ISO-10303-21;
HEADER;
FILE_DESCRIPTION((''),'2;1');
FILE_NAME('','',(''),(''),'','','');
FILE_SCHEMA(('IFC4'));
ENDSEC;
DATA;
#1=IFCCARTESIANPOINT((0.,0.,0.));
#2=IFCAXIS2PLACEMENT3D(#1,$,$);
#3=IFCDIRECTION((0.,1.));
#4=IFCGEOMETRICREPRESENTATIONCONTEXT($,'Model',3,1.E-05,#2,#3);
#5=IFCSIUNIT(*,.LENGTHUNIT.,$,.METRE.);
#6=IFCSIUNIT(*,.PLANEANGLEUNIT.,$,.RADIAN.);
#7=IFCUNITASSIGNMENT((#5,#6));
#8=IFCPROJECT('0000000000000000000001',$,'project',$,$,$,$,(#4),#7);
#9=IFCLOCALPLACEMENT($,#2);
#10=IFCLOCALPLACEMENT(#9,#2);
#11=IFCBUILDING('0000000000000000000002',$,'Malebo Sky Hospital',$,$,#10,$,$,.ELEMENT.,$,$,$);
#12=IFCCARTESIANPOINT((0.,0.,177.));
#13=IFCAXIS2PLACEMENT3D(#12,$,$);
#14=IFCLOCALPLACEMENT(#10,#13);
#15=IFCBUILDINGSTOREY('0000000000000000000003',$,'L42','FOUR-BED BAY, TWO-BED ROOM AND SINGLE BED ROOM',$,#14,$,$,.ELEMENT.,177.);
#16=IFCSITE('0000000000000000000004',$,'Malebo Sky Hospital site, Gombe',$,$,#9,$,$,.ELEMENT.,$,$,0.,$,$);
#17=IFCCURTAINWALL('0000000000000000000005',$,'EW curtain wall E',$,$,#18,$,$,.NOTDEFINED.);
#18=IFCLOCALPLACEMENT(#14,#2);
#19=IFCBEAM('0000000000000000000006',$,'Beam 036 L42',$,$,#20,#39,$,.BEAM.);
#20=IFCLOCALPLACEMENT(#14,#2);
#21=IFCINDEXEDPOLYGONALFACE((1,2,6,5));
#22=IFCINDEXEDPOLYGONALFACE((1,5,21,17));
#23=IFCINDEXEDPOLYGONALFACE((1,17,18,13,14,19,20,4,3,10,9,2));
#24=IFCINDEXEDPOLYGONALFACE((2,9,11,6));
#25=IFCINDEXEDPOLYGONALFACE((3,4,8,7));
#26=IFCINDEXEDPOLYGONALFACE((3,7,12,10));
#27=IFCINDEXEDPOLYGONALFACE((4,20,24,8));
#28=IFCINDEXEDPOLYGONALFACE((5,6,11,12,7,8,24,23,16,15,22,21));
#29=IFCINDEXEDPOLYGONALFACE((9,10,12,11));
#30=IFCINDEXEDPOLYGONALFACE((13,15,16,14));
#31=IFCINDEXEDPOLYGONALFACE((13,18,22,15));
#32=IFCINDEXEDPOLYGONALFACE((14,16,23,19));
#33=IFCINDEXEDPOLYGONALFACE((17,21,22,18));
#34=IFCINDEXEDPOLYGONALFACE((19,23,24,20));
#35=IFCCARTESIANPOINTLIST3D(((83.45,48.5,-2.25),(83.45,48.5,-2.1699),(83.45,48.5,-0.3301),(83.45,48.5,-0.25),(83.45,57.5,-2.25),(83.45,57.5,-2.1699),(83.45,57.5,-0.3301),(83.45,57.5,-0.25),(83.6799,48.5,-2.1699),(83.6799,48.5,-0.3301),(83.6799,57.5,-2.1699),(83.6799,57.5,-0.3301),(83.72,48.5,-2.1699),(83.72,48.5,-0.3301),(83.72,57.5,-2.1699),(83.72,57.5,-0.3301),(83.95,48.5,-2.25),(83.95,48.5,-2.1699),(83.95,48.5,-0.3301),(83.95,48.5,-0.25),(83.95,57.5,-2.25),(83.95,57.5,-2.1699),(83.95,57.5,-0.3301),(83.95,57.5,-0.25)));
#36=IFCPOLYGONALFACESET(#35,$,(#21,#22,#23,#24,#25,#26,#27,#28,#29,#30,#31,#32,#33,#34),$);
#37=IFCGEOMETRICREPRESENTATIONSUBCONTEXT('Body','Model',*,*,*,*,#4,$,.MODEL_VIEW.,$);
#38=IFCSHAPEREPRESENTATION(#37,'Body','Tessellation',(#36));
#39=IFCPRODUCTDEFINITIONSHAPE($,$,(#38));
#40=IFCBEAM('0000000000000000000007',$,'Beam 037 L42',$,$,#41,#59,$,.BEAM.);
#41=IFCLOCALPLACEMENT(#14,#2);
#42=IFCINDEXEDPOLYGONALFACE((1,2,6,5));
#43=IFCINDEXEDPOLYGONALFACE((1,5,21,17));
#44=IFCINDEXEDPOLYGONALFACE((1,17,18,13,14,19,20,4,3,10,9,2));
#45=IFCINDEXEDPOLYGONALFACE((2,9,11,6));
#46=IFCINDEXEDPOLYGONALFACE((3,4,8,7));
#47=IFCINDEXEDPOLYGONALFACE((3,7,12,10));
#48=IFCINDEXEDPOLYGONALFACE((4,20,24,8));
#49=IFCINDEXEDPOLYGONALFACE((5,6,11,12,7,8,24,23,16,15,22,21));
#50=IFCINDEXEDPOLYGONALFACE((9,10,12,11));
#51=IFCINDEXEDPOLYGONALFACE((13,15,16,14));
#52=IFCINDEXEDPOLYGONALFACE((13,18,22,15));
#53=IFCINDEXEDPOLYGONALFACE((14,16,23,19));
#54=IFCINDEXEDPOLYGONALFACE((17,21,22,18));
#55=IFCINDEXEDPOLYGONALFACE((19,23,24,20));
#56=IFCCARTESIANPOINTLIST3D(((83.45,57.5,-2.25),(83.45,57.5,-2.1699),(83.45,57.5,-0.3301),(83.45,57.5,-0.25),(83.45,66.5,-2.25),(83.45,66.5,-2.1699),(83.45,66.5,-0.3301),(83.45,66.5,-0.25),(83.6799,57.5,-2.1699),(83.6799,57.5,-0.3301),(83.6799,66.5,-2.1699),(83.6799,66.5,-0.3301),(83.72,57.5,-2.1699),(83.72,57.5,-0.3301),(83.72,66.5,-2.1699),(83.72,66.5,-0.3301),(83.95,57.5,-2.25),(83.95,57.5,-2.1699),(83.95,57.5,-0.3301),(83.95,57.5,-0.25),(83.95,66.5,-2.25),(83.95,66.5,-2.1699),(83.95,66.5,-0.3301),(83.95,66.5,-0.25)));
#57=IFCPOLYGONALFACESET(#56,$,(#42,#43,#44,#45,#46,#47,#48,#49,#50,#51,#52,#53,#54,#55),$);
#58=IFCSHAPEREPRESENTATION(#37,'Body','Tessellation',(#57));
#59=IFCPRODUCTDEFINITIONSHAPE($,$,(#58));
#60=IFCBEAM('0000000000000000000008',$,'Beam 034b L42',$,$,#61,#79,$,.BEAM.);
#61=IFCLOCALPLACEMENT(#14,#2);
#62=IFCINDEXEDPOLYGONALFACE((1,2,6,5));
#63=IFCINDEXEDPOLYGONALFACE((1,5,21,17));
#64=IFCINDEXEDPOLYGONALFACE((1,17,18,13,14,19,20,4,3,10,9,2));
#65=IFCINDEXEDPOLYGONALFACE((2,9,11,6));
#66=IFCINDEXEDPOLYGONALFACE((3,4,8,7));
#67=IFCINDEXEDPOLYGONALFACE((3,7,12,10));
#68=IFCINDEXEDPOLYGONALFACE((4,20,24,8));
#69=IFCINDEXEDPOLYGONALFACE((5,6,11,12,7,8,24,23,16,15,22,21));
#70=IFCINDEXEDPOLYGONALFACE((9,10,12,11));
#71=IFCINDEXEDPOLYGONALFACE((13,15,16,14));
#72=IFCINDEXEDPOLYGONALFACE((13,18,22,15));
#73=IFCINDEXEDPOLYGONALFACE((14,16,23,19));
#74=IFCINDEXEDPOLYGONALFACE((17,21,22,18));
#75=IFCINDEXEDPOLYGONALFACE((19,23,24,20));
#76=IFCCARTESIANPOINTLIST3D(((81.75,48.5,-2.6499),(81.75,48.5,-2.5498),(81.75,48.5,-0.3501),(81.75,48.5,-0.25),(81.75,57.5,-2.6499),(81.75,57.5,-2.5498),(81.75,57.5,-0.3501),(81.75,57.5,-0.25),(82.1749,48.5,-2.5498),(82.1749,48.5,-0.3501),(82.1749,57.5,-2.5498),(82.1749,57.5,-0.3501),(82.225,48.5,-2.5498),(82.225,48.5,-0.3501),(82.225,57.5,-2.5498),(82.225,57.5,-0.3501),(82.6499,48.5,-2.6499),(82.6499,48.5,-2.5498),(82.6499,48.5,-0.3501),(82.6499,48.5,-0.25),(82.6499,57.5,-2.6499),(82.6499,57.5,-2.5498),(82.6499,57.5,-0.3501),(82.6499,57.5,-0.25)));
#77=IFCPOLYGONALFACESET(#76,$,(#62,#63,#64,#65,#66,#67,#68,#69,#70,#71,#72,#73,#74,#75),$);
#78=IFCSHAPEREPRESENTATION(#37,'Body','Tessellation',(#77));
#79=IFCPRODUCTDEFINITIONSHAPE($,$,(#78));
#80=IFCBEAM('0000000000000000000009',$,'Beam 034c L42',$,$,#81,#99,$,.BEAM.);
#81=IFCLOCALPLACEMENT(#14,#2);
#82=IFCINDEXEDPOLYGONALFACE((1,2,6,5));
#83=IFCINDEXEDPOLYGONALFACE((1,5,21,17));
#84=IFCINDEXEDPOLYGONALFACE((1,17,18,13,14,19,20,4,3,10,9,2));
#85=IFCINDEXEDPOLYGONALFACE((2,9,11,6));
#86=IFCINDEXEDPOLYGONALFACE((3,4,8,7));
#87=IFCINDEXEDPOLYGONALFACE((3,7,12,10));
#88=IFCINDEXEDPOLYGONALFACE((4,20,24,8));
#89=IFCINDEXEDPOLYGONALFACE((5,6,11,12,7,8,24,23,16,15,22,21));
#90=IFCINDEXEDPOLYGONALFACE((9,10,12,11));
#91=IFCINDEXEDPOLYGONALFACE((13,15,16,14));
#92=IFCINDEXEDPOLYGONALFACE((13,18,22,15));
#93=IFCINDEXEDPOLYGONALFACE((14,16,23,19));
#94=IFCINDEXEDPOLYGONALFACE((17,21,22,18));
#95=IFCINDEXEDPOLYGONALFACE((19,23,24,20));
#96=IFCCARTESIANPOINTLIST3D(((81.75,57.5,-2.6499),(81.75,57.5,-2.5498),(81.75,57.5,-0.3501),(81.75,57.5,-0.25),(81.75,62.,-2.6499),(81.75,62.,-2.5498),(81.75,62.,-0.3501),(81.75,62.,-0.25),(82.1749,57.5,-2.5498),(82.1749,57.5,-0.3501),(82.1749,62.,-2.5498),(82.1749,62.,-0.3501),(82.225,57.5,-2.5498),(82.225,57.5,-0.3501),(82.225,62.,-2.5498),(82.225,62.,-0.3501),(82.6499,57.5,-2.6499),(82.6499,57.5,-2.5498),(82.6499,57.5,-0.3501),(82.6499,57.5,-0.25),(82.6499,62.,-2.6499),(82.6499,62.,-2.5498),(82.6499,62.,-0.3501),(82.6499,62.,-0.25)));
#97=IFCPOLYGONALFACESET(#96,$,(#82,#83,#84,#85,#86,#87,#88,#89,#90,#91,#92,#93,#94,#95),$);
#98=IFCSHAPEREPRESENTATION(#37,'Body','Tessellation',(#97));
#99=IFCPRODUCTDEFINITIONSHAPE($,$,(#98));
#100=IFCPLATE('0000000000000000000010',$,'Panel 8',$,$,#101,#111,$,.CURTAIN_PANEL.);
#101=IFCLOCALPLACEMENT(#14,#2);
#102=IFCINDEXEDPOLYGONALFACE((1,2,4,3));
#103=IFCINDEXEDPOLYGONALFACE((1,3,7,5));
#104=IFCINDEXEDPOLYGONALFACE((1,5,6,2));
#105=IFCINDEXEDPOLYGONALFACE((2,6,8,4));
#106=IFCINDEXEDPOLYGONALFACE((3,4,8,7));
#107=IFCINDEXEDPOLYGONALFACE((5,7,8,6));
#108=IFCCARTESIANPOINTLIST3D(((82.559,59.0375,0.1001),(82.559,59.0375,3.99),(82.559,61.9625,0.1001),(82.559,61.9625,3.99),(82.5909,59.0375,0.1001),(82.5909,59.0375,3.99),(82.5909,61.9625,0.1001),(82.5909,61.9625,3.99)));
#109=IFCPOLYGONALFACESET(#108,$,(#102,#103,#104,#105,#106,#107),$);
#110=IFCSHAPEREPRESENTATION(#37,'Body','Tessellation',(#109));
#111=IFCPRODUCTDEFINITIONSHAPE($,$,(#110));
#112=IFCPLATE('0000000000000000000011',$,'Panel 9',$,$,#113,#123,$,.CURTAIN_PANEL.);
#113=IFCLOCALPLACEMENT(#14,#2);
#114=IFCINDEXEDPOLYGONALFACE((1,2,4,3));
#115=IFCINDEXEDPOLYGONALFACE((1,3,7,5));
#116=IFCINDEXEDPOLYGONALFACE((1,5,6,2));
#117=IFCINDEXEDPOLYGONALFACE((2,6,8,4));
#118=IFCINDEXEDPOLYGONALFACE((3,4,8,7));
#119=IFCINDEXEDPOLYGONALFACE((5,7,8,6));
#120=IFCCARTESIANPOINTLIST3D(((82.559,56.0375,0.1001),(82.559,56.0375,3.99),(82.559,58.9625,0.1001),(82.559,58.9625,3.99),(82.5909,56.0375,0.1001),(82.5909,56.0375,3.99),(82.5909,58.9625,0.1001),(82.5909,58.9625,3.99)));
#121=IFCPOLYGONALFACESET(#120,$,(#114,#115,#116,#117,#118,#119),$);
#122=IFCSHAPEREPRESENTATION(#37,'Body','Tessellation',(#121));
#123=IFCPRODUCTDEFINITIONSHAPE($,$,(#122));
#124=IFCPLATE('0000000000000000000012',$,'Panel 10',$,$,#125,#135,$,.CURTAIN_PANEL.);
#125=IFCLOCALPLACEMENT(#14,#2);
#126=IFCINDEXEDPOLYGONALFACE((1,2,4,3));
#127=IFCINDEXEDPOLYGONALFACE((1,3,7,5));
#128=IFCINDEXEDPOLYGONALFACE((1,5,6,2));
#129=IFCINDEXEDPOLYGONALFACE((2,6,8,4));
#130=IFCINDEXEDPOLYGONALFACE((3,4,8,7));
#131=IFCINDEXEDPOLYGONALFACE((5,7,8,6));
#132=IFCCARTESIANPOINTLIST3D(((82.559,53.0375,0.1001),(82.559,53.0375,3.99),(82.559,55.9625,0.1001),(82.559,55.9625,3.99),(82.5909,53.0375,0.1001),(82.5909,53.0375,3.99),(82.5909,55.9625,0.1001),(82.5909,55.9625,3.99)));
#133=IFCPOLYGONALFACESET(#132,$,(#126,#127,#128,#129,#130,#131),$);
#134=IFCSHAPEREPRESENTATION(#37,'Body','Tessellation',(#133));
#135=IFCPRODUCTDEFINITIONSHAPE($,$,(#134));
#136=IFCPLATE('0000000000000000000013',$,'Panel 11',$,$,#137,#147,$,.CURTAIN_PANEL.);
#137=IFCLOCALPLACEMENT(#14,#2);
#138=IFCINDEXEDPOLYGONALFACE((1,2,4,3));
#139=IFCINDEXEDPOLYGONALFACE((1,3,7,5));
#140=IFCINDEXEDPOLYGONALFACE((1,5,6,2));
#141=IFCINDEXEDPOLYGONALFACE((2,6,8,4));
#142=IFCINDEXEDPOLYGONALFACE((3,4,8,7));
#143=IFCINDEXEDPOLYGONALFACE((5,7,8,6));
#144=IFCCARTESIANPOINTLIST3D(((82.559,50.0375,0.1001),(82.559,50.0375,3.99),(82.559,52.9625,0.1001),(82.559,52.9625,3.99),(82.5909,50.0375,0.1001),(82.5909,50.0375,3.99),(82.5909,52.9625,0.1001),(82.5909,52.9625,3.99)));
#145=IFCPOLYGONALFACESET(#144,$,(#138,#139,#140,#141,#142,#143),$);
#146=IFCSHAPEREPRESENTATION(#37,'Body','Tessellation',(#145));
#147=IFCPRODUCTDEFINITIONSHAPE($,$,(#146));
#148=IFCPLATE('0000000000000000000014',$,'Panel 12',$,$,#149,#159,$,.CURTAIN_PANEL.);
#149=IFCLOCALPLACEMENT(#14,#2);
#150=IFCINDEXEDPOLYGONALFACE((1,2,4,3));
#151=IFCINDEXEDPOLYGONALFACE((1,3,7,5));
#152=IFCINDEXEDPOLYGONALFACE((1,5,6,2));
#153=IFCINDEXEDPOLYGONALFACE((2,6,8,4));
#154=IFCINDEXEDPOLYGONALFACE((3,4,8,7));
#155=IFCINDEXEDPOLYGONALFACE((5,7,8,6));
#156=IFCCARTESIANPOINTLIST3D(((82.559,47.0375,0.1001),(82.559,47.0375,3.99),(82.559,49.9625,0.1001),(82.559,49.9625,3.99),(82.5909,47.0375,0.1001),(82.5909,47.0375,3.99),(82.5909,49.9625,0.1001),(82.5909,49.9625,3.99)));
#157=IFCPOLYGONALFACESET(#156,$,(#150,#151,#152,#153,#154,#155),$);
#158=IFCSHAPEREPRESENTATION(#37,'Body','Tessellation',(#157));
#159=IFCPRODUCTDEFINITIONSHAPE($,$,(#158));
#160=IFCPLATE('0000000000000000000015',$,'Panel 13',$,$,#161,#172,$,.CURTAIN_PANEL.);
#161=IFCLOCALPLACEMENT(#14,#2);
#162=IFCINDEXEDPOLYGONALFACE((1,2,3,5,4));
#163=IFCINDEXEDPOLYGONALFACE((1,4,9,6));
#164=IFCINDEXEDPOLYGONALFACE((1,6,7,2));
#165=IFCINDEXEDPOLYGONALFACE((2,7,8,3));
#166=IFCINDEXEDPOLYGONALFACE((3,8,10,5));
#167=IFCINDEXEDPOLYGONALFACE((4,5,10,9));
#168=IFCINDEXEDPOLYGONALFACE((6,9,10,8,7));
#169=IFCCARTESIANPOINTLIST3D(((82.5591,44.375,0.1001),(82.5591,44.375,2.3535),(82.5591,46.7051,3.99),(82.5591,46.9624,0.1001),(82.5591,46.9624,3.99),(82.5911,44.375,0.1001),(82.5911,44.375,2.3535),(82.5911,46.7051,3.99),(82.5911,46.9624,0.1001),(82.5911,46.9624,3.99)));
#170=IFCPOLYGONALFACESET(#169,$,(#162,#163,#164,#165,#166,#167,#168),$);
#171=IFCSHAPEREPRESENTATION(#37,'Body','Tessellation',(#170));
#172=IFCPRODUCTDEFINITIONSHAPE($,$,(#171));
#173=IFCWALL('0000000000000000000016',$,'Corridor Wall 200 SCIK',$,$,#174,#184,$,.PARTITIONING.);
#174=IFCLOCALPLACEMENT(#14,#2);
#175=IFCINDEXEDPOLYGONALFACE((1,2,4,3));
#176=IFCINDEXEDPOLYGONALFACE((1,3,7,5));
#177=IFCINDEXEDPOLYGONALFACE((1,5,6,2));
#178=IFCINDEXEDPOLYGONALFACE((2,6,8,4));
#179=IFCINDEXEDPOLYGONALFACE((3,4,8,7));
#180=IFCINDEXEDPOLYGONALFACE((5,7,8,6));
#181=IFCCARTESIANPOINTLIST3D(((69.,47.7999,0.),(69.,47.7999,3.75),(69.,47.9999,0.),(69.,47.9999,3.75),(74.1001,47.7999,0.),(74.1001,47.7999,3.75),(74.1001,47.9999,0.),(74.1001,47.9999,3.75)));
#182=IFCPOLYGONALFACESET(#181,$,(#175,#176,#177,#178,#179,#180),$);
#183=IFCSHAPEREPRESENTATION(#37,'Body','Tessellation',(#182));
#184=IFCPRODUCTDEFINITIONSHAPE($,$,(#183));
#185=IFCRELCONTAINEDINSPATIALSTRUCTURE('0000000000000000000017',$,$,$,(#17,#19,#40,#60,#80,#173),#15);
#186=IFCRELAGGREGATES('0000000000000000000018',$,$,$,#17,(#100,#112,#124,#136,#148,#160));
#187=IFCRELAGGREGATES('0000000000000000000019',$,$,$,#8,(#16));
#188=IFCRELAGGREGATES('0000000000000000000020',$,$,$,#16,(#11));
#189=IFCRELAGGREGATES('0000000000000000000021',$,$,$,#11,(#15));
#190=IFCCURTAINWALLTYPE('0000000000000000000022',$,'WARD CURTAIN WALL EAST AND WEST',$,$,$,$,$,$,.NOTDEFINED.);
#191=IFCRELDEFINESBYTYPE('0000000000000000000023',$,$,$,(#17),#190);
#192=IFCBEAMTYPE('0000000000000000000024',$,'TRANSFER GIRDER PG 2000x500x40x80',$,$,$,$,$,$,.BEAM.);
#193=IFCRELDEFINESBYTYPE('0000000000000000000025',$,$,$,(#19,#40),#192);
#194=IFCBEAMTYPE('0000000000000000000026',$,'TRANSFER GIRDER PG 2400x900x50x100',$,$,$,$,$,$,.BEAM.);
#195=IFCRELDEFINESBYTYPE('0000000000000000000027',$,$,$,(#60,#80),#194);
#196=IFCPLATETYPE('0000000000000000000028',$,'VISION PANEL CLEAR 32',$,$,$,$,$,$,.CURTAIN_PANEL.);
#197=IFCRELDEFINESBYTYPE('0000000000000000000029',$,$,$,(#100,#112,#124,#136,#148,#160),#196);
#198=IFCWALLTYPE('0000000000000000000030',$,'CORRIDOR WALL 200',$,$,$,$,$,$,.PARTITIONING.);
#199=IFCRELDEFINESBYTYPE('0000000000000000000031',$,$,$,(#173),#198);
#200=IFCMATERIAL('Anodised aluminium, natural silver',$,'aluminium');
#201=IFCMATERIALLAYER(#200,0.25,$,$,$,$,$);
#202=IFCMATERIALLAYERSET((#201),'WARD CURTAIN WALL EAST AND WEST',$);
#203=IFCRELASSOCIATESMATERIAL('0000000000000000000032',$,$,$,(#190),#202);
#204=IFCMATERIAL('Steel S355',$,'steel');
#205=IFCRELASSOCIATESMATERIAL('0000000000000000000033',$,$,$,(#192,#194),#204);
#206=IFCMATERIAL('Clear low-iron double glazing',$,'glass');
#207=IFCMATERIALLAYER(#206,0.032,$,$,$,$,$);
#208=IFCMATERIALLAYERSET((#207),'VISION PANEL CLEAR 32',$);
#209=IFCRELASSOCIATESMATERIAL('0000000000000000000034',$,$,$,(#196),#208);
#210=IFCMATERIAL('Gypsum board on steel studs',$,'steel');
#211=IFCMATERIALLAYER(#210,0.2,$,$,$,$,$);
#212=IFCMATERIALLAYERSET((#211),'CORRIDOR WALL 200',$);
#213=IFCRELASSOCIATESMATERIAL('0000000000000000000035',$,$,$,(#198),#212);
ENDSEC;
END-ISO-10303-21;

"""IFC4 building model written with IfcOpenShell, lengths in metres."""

from ifc_helpers import new_model, si_unit, direction, frame, frame_2d, origin, origin_2d, place, context, subcontext, project, spatial, polyline, rectangle, i_section, outline, extrude, material, layer, layer_set, material_profile, profile_set, type_object, element, aggregate, save


model = new_model("IFC4")

# Units and contexts
model_context = context("Model", 3, precision=1e-05, world=origin(), true_north=direction((0.0, 1.0)))
body_context = subcontext(model_context, "Body", "Model", "MODEL_VIEW")
ifc_project = project(units=[si_unit("LENGTHUNIT", "METRE"), si_unit("PLANEANGLEUNIT", "RADIAN")], contexts=[model_context])

# Site, building, storey
site_placement = place(None, origin())
site = spatial("IfcSite", under=ifc_project, at=site_placement, Name="Malebo Sky Hospital site, Gombe", CompositionType="ELEMENT", RefElevation=0.0)
building_placement = place(site_placement, origin())
building = spatial("IfcBuilding", under=site, at=building_placement, Name="Malebo Sky Hospital", CompositionType="ELEMENT")
storey_placement = place(building_placement, frame((0.0, 0.0, 177.0)))
storey = spatial("IfcBuildingStorey", under=building, at=storey_placement, Name="L42", Description="FOUR-BED BAY, TWO-BED ROOM AND SINGLE BED ROOM", CompositionType="ELEMENT", Elevation=177.0)

# Curtain wall
ifc_material_1 = material(Name="Anodised aluminium, natural silver", Category="aluminium")
ifc_layer_1 = layer(ifc_material_1, 0.25)
ifc_layer_set_1 = layer_set([ifc_layer_1], Name="WARD CURTAIN WALL EAST AND WEST")
curtain_wall_type = type_object("IfcCurtainWallType", Name="WARD CURTAIN WALL EAST AND WEST", PredefinedType="NOTDEFINED", material=ifc_layer_set_1)
curtain_wall_placement = place(storey_placement, origin())
curtain_wall = element("IfcCurtainWall", 1, at=curtain_wall_placement, inside=storey, type_object=curtain_wall_type, Name="EW curtain wall E", PredefinedType="NOTDEFINED")

# Beams
ifc_material_2 = material(Name="Steel S355", Category="steel")
ifc_material_profile_1 = material_profile(ifc_material_2, i_section(OverallWidth=0.5, OverallDepth=2.0, WebThickness=0.04, FlangeThickness=0.0801, at=origin_2d()), Name="PG 2000x500x40x80")
ifc_profile_set_1 = profile_set([ifc_material_profile_1], Name="Steel S355")
beam_type_1 = type_object("IfcBeamType", Name="TRANSFER GIRDER PG 2000x500x40x80", PredefinedType="BEAM", material=ifc_profile_set_1)
for number, where, z_axis, x_axis, name in (
    (2, (83.7, 48.5, -1.25), (0.0, 1.0, 0.0), (-1.0, 0.0, 0.0), "Beam 036 L42"),
    (3, (83.7, 57.5, -1.25), (0.0, 1.0, 0.0), (-1.0, 0.0, 0.0), "Beam 037 L42"),
):
    element("IfcBeam", number, at=place(storey_placement, frame(where, z_axis=z_axis, x_axis=x_axis)), inside=storey, type_object=beam_type_1, Name=name, PredefinedType="BEAM", context=body_context, shape_type="SweptSolid", body=[
        extrude(i_section(OverallWidth=0.5, OverallDepth=2.0, WebThickness=0.04, FlangeThickness=0.0801, at=origin_2d()), origin(), (0.0, 0.0, 1.0), 9.0),
    ])
ifc_material_profile_2 = material_profile(ifc_material_2, i_section(OverallWidth=0.8999, OverallDepth=2.3999, WebThickness=0.05, FlangeThickness=0.1001, at=origin_2d()), Name="PG 2400x900x50x100")
ifc_profile_set_2 = profile_set([ifc_material_profile_2], Name="Steel S355")
beam_type_2 = type_object("IfcBeamType", Name="TRANSFER GIRDER PG 2400x900x50x100", PredefinedType="BEAM", material=ifc_profile_set_2)
beam_1_placement = place(storey_placement, frame((82.2, 48.5, -1.45), z_axis=(0.0, 1.0, 0.0), x_axis=(-1.0, 0.0, 0.0)))
element("IfcBeam", 4, at=beam_1_placement, inside=storey, type_object=beam_type_2, Name="Beam 034b L42", PredefinedType="BEAM", context=body_context, shape_type="SweptSolid", body=[
    extrude(i_section(OverallWidth=0.8999, OverallDepth=2.3999, WebThickness=0.05, FlangeThickness=0.1001, at=origin_2d()), origin(), (0.0, 0.0, 1.0), 9.0),
])
beam_2_placement = place(storey_placement, frame((82.2, 57.5, -1.45), z_axis=(0.0, 1.0, 0.0), x_axis=(-1.0, 0.0, 0.0)))
element("IfcBeam", 5, at=beam_2_placement, inside=storey, type_object=beam_type_2, Name="Beam 034c L42", PredefinedType="BEAM", context=body_context, shape_type="SweptSolid", body=[
    extrude(i_section(OverallWidth=0.8999, OverallDepth=2.3999, WebThickness=0.05, FlangeThickness=0.1001, at=origin_2d()), origin(), (0.0, 0.0, 1.0), 4.5),
])

# Plates
ifc_material_3 = material(Name="Clear low-iron double glazing", Category="glass")
ifc_layer_2 = layer(ifc_material_3, 0.032)
ifc_layer_set_2 = layer_set([ifc_layer_2], Name="VISION PANEL CLEAR 32")
plate_type = type_object("IfcPlateType", Name="VISION PANEL CLEAR 32", PredefinedType="CURTAIN_PANEL", material=ifc_layer_set_2)
plate_1_placement = place(storey_placement, frame((82.575, 60.5, 0.1001), z_axis=(0.0, 0.0, 1.0), x_axis=(0.0, -1.0, 0.0)))
plate_1 = element("IfcPlate", 6, at=plate_1_placement, type_object=plate_type, Name="Panel 8", PredefinedType="CURTAIN_PANEL", context=body_context, shape_type="SweptSolid", body=[
    extrude(rectangle(XDim=2.925, YDim=0.032, at=origin_2d()), origin(), (0.0, 0.0, 1.0), 3.8899),
])
plate_2_placement = place(storey_placement, frame((82.575, 57.5, 0.1001), z_axis=(0.0, 0.0, 1.0), x_axis=(0.0, -1.0, 0.0)))
plate_2 = element("IfcPlate", 7, at=plate_2_placement, type_object=plate_type, Name="Panel 9", PredefinedType="CURTAIN_PANEL", context=body_context, shape_type="SweptSolid", body=[
    extrude(rectangle(XDim=2.925, YDim=0.032, at=origin_2d()), origin(), (0.0, 0.0, 1.0), 3.8899),
])
plate_3_placement = place(storey_placement, frame((82.575, 54.5, 0.1001), z_axis=(0.0, 0.0, 1.0), x_axis=(0.0, -1.0, 0.0)))
plate_3 = element("IfcPlate", 8, at=plate_3_placement, type_object=plate_type, Name="Panel 10", PredefinedType="CURTAIN_PANEL", context=body_context, shape_type="SweptSolid", body=[
    extrude(rectangle(XDim=2.925, YDim=0.032, at=origin_2d()), origin(), (0.0, 0.0, 1.0), 3.8899),
])
plate_4_placement = place(storey_placement, frame((82.575, 51.5, 0.1001), z_axis=(0.0, 0.0, 1.0), x_axis=(0.0, -1.0, 0.0)))
plate_4 = element("IfcPlate", 9, at=plate_4_placement, type_object=plate_type, Name="Panel 11", PredefinedType="CURTAIN_PANEL", context=body_context, shape_type="SweptSolid", body=[
    extrude(rectangle(XDim=2.925, YDim=0.032, at=origin_2d()), origin(), (0.0, 0.0, 1.0), 3.8899),
])
plate_5_placement = place(storey_placement, frame((82.575, 48.5, 0.1001), z_axis=(0.0, 0.0, 1.0), x_axis=(0.0, -1.0, 0.0)))
plate_5 = element("IfcPlate", 10, at=plate_5_placement, type_object=plate_type, Name="Panel 12", PredefinedType="CURTAIN_PANEL", context=body_context, shape_type="SweptSolid", body=[
    extrude(rectangle(XDim=2.925, YDim=0.032, at=origin_2d()), origin(), (0.0, 0.0, 1.0), 3.8899),
])
plate_6_placement = place(storey_placement, frame((82.575, 45.6687, 0.1001), z_axis=(0.0, 0.0, 1.0), x_axis=(0.0, -1.0, 0.0)))
plate_6 = element("IfcPlate", 11, at=plate_6_placement, type_object=plate_type, Name="Panel 13", PredefinedType="CURTAIN_PANEL", context=body_context, shape_type="SweptSolid", body=[
    extrude(outline(polyline([(-1.2937, 0.0), (1.2937, 0.0), (1.2937, 2.2534), (-1.0364, 3.8899), (-1.2937, 3.8899), (-1.2937, 0.0)])), frame((0.0, 0.0161, 0.0), z_axis=(0.0, -1.0, 0.0), x_axis=(1.0, 0.0, 0.0)), (0.0, 0.0, 1.0), 0.032),
])
aggregate(curtain_wall, [plate_1, plate_2, plate_3, plate_4, plate_5, plate_6])

# Wall
ifc_material_4 = material(Name="Gypsum board on steel studs", Category="steel")
ifc_layer_3 = layer(ifc_material_4, 0.2)
ifc_layer_set_3 = layer_set([ifc_layer_3], Name="CORRIDOR WALL 200")
wall_type_1 = type_object("IfcWallType", Name="CORRIDOR WALL 200", PredefinedType="PARTITIONING", material=ifc_layer_set_3)
wall_1_placement = place(storey_placement, frame((74.1001, 47.8999, 0.0), z_axis=(0.0, 0.0, 1.0), x_axis=(-1.0, 0.0, 0.0)))
element("IfcWall", 12, at=wall_1_placement, inside=storey, type_object=wall_type_1, Name="Corridor Wall 200 SCIK", PredefinedType="PARTITIONING", context=body_context, shape_type="SweptSolid", body=[
    extrude(rectangle(XDim=5.1001, YDim=0.2, at=frame_2d((2.55, 0.0))), origin(), (0.0, 0.0, 1.0), 3.75),
])

save(model, "model.ifc")
